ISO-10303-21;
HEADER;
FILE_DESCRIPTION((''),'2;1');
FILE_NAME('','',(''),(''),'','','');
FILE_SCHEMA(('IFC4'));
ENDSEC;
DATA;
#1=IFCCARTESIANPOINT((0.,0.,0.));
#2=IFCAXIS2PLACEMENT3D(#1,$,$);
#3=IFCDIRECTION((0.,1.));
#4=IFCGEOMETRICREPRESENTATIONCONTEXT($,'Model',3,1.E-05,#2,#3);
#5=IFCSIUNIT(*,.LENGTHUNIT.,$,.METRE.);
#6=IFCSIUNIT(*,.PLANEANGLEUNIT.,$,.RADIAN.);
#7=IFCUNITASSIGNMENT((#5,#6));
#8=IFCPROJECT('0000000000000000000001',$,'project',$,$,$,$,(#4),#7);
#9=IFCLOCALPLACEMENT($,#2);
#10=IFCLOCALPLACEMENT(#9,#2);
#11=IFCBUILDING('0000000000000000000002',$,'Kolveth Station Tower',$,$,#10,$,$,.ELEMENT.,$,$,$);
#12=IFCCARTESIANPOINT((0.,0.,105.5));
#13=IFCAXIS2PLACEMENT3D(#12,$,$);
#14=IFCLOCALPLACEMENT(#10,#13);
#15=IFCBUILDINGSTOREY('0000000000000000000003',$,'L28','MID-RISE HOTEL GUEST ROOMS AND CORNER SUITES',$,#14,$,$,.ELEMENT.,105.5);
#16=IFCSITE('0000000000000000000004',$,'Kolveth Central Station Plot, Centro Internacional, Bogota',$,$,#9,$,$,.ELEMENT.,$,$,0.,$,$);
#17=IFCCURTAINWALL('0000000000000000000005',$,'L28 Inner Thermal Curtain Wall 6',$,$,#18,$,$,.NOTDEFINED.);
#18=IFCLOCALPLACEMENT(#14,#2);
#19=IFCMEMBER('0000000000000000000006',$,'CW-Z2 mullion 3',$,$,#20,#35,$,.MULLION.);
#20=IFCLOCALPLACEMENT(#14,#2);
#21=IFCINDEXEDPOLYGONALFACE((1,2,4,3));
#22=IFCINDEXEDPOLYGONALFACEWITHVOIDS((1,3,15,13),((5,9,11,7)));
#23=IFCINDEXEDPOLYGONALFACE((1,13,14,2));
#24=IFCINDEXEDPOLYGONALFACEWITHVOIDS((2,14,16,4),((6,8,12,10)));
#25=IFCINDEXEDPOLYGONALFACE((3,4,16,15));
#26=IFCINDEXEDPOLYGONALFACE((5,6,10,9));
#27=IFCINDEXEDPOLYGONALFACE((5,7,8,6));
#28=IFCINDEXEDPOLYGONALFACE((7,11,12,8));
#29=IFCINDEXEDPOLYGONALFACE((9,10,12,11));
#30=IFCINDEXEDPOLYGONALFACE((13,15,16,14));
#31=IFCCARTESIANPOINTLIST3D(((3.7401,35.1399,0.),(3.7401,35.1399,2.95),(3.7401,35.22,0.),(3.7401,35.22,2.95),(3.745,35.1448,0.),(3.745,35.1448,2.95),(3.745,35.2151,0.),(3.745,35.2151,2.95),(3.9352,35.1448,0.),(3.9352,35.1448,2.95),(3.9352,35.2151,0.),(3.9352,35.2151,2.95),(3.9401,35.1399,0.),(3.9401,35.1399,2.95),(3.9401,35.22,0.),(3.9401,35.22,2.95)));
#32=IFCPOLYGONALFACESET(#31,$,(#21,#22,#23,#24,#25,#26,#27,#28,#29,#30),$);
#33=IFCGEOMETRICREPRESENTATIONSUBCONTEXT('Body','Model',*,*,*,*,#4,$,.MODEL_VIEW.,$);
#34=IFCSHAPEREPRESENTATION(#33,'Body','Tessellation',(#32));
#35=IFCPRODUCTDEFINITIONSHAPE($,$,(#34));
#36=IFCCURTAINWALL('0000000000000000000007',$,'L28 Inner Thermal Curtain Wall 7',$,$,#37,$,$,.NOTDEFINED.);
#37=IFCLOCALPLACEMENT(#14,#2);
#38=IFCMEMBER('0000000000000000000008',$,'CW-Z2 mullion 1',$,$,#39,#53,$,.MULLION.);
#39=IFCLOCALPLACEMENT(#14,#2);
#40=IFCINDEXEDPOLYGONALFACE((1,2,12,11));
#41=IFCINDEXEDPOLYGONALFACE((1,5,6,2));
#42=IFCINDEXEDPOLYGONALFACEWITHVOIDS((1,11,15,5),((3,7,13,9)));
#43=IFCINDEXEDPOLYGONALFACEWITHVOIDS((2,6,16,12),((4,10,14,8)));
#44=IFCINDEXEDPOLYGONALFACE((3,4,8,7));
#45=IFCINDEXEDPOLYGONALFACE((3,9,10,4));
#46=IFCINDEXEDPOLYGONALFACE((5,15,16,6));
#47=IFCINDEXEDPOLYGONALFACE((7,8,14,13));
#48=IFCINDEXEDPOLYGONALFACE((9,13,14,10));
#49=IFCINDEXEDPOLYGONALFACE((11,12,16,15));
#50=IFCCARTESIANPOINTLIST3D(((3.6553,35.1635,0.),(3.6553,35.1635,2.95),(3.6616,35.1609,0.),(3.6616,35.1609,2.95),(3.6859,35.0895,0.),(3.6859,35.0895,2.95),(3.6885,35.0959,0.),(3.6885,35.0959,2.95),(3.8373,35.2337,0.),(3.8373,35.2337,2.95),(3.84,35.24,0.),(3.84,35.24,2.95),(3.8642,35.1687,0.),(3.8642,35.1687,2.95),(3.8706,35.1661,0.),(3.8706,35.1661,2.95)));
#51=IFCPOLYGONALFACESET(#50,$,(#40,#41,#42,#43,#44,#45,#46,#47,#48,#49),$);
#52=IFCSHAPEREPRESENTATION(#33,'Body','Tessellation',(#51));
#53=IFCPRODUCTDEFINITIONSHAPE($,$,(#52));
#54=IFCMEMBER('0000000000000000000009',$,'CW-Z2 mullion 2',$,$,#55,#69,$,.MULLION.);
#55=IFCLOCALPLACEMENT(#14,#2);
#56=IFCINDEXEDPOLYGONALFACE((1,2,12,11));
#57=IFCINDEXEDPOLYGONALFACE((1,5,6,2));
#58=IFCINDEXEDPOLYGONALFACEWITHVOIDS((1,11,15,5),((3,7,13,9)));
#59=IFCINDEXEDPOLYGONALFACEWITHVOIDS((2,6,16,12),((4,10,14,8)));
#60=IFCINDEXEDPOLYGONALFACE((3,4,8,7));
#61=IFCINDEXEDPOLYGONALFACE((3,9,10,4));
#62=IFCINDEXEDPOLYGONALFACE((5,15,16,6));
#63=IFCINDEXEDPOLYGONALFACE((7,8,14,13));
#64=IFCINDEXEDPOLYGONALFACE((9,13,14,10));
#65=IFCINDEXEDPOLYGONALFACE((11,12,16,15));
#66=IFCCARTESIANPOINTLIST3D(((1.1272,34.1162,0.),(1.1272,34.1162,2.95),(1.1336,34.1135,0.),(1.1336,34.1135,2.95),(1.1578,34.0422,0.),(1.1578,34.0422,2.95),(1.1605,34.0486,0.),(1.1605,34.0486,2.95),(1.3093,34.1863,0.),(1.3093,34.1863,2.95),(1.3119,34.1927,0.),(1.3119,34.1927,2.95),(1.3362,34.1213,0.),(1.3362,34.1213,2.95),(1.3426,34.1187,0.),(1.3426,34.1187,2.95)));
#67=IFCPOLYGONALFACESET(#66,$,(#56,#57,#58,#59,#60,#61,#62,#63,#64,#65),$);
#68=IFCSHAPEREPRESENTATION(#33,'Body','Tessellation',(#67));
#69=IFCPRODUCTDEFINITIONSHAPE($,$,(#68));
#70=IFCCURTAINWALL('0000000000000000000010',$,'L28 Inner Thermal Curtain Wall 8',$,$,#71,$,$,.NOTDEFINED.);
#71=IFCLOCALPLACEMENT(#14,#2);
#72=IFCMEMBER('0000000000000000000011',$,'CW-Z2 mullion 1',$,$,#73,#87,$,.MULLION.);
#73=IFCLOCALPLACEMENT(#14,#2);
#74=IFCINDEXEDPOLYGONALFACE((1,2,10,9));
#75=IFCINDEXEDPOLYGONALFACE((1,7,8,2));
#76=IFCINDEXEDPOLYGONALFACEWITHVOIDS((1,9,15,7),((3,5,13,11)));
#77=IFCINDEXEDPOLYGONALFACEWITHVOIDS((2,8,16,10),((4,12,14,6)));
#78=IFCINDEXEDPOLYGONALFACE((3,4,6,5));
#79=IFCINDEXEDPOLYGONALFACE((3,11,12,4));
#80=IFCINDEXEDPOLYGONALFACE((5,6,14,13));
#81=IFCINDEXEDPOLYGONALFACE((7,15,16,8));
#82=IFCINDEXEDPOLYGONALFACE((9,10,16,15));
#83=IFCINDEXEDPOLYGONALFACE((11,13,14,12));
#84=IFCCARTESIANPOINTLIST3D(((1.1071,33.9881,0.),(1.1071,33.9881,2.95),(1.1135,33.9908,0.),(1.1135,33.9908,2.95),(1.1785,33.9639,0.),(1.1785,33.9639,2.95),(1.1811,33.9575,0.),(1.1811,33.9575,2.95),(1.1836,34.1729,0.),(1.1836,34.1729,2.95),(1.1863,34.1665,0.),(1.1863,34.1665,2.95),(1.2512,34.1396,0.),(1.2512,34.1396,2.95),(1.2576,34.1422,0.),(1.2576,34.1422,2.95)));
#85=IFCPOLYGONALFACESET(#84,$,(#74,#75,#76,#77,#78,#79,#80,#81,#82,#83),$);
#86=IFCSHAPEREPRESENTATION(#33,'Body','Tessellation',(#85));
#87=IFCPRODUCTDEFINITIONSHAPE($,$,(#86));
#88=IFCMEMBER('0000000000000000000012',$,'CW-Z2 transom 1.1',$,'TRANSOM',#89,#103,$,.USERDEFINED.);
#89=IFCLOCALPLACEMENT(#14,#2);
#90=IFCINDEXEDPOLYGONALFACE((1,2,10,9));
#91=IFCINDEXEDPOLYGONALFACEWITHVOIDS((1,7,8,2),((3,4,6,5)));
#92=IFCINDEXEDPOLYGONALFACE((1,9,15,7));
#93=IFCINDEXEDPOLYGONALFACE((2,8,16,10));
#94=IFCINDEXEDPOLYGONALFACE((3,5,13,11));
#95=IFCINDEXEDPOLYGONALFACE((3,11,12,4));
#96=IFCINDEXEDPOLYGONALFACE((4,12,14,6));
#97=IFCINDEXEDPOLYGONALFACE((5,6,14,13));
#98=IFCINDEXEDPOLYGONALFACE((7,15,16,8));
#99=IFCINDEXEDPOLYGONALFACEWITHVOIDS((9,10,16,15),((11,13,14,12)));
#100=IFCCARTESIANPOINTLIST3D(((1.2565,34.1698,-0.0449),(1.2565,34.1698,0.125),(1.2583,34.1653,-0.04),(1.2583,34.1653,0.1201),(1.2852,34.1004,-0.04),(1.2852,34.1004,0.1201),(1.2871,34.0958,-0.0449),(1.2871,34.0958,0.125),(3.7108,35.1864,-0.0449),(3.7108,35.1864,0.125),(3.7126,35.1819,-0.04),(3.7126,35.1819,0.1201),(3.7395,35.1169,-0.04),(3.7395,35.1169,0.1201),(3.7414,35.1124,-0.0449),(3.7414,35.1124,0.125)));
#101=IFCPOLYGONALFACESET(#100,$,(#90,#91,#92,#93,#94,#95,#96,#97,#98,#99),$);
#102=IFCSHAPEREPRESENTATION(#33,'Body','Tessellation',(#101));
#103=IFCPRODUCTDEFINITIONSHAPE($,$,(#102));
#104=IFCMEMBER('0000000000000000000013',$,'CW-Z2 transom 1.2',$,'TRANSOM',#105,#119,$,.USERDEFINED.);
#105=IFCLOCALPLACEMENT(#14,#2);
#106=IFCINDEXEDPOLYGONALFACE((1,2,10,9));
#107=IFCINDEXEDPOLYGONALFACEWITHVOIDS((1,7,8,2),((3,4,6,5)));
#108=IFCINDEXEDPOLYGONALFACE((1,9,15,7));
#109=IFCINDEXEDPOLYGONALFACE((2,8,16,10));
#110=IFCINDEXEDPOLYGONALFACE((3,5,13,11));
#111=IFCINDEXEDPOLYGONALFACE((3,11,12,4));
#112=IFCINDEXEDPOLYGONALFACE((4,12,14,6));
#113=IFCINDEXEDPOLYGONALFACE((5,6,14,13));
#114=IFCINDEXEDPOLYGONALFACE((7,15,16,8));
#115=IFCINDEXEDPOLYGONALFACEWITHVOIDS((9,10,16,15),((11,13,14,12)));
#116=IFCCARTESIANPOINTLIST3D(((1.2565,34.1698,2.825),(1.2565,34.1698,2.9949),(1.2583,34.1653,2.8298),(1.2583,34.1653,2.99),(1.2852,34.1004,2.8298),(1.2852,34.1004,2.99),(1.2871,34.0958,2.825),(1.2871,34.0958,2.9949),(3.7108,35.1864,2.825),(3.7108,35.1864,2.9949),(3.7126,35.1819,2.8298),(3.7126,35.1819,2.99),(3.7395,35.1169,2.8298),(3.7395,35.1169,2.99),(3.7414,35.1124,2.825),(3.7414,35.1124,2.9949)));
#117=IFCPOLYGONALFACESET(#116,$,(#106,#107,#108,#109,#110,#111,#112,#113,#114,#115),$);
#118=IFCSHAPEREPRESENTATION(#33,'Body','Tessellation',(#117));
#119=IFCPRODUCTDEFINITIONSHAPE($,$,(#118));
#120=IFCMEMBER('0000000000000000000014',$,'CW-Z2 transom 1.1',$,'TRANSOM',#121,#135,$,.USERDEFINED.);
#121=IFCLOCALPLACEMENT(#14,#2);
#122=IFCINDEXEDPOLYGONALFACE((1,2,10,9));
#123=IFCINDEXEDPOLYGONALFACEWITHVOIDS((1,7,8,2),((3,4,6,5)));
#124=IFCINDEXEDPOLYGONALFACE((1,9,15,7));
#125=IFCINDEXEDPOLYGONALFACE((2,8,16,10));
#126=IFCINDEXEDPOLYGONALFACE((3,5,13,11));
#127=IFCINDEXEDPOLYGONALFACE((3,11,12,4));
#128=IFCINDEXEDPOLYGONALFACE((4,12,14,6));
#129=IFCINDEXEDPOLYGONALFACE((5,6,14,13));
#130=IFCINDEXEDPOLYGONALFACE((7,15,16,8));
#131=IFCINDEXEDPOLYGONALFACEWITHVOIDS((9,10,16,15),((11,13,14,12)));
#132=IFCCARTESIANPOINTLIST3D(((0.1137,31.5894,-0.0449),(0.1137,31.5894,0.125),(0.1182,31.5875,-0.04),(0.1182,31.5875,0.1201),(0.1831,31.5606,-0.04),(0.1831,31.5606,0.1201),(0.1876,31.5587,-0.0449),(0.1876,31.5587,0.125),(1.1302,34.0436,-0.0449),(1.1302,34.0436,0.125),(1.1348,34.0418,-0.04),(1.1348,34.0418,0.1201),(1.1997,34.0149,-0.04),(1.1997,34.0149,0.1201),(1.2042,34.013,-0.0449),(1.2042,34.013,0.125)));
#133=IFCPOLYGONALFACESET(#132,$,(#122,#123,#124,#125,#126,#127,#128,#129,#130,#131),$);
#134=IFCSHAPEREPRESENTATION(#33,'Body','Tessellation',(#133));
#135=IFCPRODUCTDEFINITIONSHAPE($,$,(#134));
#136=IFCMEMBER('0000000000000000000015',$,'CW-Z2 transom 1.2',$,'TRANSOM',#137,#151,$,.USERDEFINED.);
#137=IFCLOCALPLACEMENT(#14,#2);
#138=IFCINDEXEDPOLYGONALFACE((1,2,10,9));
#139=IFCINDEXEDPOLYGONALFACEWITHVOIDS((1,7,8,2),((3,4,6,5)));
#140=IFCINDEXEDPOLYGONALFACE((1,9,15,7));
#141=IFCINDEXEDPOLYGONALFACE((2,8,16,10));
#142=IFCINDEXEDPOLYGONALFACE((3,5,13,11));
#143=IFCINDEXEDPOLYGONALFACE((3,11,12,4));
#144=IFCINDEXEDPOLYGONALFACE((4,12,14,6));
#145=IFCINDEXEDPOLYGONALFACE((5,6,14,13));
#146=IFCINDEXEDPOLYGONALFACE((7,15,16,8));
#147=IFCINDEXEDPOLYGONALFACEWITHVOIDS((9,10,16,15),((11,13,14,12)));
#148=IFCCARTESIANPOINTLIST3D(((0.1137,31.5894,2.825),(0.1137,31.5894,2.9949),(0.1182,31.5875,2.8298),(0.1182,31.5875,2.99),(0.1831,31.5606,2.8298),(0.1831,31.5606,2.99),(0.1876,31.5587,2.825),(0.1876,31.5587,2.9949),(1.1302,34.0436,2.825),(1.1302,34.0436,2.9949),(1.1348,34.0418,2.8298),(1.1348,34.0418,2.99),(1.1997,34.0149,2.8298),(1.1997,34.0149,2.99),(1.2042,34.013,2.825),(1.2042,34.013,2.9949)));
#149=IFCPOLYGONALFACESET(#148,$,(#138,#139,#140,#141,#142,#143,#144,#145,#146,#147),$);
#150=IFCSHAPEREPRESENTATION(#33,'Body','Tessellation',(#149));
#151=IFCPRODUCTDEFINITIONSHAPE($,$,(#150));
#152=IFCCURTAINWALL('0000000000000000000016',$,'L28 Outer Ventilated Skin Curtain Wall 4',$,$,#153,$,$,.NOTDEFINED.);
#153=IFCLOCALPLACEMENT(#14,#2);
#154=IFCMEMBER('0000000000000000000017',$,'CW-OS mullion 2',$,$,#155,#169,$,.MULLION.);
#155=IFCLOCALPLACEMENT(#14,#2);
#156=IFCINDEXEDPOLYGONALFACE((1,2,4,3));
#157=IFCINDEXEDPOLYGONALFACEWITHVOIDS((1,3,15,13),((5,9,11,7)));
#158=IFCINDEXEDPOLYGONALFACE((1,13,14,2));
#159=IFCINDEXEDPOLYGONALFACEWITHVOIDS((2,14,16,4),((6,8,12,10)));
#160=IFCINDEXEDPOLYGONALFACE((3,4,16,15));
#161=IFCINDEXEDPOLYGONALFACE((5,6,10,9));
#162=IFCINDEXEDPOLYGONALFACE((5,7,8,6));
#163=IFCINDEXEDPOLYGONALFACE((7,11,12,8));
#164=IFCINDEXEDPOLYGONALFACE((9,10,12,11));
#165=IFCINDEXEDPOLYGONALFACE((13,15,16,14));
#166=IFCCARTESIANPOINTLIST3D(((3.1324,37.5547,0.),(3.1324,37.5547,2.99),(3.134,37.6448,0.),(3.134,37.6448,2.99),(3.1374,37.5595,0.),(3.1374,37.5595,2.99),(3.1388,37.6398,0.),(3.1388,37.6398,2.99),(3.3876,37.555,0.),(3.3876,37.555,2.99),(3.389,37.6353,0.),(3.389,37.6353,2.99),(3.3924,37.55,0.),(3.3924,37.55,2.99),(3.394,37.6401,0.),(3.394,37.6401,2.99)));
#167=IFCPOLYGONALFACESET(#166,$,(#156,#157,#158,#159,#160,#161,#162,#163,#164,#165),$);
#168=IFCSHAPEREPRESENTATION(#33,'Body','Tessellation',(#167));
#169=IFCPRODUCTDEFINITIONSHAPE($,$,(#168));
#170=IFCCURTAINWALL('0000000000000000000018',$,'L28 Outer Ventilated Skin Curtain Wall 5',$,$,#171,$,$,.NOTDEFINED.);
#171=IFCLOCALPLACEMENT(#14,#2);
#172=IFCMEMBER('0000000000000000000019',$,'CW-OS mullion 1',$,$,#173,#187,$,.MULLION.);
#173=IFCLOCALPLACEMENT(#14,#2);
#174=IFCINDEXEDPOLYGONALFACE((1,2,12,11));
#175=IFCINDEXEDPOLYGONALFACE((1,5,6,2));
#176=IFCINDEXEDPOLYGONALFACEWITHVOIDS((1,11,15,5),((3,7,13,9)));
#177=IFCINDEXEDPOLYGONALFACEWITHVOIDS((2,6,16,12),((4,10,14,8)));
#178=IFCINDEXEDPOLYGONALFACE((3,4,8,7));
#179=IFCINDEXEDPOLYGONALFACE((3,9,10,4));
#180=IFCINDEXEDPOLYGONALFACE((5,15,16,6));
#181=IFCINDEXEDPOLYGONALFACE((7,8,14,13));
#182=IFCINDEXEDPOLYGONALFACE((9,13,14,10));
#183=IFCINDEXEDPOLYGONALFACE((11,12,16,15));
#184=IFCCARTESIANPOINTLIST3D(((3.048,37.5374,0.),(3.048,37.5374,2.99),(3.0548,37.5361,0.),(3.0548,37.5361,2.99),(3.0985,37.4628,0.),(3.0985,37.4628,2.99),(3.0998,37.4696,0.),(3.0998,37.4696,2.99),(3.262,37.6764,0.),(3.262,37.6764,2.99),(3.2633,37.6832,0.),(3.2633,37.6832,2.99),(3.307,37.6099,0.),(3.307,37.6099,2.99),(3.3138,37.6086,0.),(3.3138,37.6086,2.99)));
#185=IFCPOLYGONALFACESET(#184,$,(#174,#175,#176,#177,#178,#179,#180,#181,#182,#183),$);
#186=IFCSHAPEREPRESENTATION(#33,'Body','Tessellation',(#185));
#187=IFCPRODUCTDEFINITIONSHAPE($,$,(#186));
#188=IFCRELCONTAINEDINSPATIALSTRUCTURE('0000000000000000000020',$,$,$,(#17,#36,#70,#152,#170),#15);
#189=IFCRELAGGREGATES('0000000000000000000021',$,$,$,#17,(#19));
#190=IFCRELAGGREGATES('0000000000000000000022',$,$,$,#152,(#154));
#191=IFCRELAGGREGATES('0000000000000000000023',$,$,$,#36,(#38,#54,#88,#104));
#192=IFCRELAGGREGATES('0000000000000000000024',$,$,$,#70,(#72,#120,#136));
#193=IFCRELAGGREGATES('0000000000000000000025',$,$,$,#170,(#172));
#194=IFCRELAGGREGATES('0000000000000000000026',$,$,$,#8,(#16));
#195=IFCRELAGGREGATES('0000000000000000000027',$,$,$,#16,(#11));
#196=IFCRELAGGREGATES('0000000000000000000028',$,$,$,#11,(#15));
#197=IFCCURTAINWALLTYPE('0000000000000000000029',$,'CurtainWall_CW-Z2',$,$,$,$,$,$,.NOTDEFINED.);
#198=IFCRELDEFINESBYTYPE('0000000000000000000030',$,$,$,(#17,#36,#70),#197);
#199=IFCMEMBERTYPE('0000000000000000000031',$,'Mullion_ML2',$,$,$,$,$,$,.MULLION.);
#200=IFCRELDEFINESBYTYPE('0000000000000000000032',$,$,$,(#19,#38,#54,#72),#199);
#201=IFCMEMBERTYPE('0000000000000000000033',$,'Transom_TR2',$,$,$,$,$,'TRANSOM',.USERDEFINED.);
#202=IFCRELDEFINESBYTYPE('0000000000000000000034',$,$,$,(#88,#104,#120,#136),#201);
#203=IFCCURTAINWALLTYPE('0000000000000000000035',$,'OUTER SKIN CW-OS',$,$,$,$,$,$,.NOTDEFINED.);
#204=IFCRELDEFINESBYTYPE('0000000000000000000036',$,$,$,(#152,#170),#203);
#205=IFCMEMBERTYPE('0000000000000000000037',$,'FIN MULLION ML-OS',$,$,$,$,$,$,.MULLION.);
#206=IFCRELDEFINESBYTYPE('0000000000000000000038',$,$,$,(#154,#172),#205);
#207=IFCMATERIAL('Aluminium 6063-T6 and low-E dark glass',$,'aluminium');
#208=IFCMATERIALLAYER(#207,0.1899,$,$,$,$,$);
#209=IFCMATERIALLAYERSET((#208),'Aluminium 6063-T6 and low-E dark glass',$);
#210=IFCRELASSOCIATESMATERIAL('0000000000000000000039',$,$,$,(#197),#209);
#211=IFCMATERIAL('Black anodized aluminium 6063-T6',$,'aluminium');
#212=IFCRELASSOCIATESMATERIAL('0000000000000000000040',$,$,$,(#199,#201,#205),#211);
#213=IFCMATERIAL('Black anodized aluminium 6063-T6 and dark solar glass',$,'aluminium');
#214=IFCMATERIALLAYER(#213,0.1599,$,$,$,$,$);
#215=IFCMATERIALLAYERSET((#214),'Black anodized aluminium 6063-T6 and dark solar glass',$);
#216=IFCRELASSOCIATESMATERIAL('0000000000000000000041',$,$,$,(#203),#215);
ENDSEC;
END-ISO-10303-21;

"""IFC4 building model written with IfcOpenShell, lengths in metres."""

from ifc_helpers import new_model, si_unit, direction, frame, origin, origin_2d, place, context, subcontext, project, spatial, hollow_rectangle, extrude, source, transform, mapped, material, layer, layer_set, material_profile, profile_set, type_object, element, aggregate, save


model = new_model("IFC4")

# Units and contexts
model_context = context("Model", 3, precision=1e-05, world=origin(), true_north=direction((0.0, 1.0)))
body_context = subcontext(model_context, "Body", "Model", "MODEL_VIEW")
ifc_project = project(units=[si_unit("LENGTHUNIT", "METRE"), si_unit("PLANEANGLEUNIT", "RADIAN")], contexts=[model_context])

# Site, building, storey
site_placement = place(None, origin())
site = spatial("IfcSite", under=ifc_project, at=site_placement, Name="Kolveth Central Station Plot, Centro Internacional, Bogota", CompositionType="ELEMENT", RefElevation=0.0)
building_placement = place(site_placement, origin())
building = spatial("IfcBuilding", under=site, at=building_placement, Name="Kolveth Station Tower", CompositionType="ELEMENT")
storey_placement = place(building_placement, frame((0.0, 0.0, 105.5)))
storey = spatial("IfcBuildingStorey", under=building, at=storey_placement, Name="L28", Description="MID-RISE HOTEL GUEST ROOMS AND CORNER SUITES", CompositionType="ELEMENT", Elevation=105.5)

# Curtain wall, member
ifc_material_1 = material(Name="Aluminium 6063-T6 and low-E dark glass", Category="aluminium")
ifc_layer_1 = layer(ifc_material_1, 0.1899)
ifc_layer_set_1 = layer_set([ifc_layer_1], Name="Aluminium 6063-T6 and low-E dark glass")
curtain_wall_type_1 = type_object("IfcCurtainWallType", Name="CurtainWall_CW-Z2", PredefinedType="NOTDEFINED", material=ifc_layer_set_1)
curtain_wall_1_placement = place(storey_placement, origin())
curtain_wall_1 = element("IfcCurtainWall", 1, at=curtain_wall_1_placement, inside=storey, type_object=curtain_wall_type_1, Name="L28 Inner Thermal Curtain Wall 6", PredefinedType="NOTDEFINED")
ifc_material_2 = material(Name="Black anodized aluminium 6063-T6", Category="aluminium")
ifc_material_profile_1 = material_profile(ifc_material_2, hollow_rectangle(XDim=0.0801, YDim=0.2, WallThickness=0.0049, at=origin_2d()), Name="ALU-80x200x5")
ifc_profile_set_1 = profile_set([ifc_material_profile_1], Name="Black anodized aluminium 6063-T6")
member_type_1 = type_object("IfcMemberType", Name="Mullion_ML2", PredefinedType="MULLION", material=ifc_profile_set_1)
shared_shape_1 = source(origin(), body_context, "Body", "SweptSolid", [
    extrude(hollow_rectangle(XDim=0.0801, YDim=0.2, WallThickness=0.0049, at=origin_2d()), origin(), (0.0, 0.0, 1.0), 2.95),
])
member_1_placement = place(storey_placement, frame((3.8401, 35.1799, 0.0), z_axis=(0.0, 0.0, 1.0), x_axis=(0.0, -1.0, 0.0)))
member_1 = element("IfcMember", 2, at=member_1_placement, type_object=member_type_1, Name="CW-Z2 mullion 3", PredefinedType="MULLION", context=body_context, shape_type="MappedRepresentation", body=[
    mapped(shared_shape_1, transform((0.0, 0.0, 0.0), x_axis=(1.0, 0.0, 0.0), y_axis=(0.0, 1.0, 0.0), z_axis=(0.0, 0.0, 1.0), scale=1.0)),
])
aggregate(curtain_wall_1, [member_1])

# Curtain wall, members
curtain_wall_2_placement = place(storey_placement, origin())
curtain_wall_2 = element("IfcCurtainWall", 3, at=curtain_wall_2_placement, inside=storey, type_object=curtain_wall_type_1, Name="L28 Inner Thermal Curtain Wall 7", PredefinedType="NOTDEFINED")
member_2_placement = place(storey_placement, frame((3.7629, 35.1648, 0.0), z_axis=(0.0, 0.0, 1.0), x_axis=(0.382663, -0.923888, 0.0)))
member_2 = element("IfcMember", 4, at=member_2_placement, type_object=member_type_1, Name="CW-Z2 mullion 1", PredefinedType="MULLION", context=body_context, shape_type="MappedRepresentation", body=[
    mapped(shared_shape_1, transform((0.0, 0.0, 0.0), x_axis=(1.0, 0.0, 0.0), y_axis=(0.0, 1.0, 0.0), z_axis=(0.0, 0.0, 1.0), scale=1.0)),
])
member_3_placement = place(storey_placement, frame((1.2349, 34.1174, 0.0), z_axis=(0.0, 0.0, 1.0), x_axis=(0.382663, -0.923888, 0.0)))
member_3 = element("IfcMember", 5, at=member_3_placement, type_object=member_type_1, Name="CW-Z2 mullion 2", PredefinedType="MULLION", context=body_context, shape_type="MappedRepresentation", body=[
    mapped(shared_shape_1, transform((0.0, 0.0, 0.0), x_axis=(1.0, 0.0, 0.0), y_axis=(0.0, 1.0, 0.0), z_axis=(0.0, 0.0, 1.0), scale=1.0)),
])

# Curtain wall, member
curtain_wall_3_placement = place(storey_placement, origin())
curtain_wall_3 = element("IfcCurtainWall", 6, at=curtain_wall_3_placement, inside=storey, type_object=curtain_wall_type_1, Name="L28 Inner Thermal Curtain Wall 8", PredefinedType="NOTDEFINED")
member_4_placement = place(storey_placement, frame((1.1824, 34.0652, 0.0), z_axis=(0.0, 0.0, 1.0), x_axis=(0.923888, -0.382663, 0.0)))
member_4 = element("IfcMember", 7, at=member_4_placement, type_object=member_type_1, Name="CW-Z2 mullion 1", PredefinedType="MULLION", context=body_context, shape_type="MappedRepresentation", body=[
    mapped(shared_shape_1, transform((0.0, 0.0, 0.0), x_axis=(1.0, 0.0, 0.0), y_axis=(0.0, 1.0, 0.0), z_axis=(0.0, 0.0, 1.0), scale=1.0)),
])

# Members
ifc_material_profile_2 = material_profile(ifc_material_2, hollow_rectangle(XDim=0.0801, YDim=0.1699, WallThickness=0.0049, at=origin_2d()), Name="ALU-80x170x5")
ifc_profile_set_2 = profile_set([ifc_material_profile_2], Name="Black anodized aluminium 6063-T6")
member_type_2 = type_object("IfcMemberType", Name="Transom_TR2", ElementType="TRANSOM", PredefinedType="USERDEFINED", material=ifc_profile_set_2)
shared_shape_2 = source(origin(), body_context, "Body", "SweptSolid", [
    extrude(hollow_rectangle(XDim=0.0801, YDim=0.1699, WallThickness=0.0049, at=origin_2d()), origin(), (0.0, 0.0, 1.0), 2.6565),
])
member_5_placement = place(storey_placement, frame((3.7261, 35.1494, 0.04), z_axis=(-0.923882, -0.382676, 0.0), x_axis=(0.382676, -0.923882, 0.0)))
member_5 = element("IfcMember", 8, at=member_5_placement, type_object=member_type_2, Name="CW-Z2 transom 1.1", ObjectType="TRANSOM", PredefinedType="USERDEFINED", context=body_context, shape_type="MappedRepresentation", body=[
    mapped(shared_shape_2, transform((0.0, 0.0, 0.0), x_axis=(1.0, 0.0, 0.0), y_axis=(0.0, 1.0, 0.0), z_axis=(0.0, 0.0, 1.0), scale=1.0)),
])
member_6_placement = place(storey_placement, frame((3.7261, 35.1494, 2.9099), z_axis=(-0.923882, -0.382676, 0.0), x_axis=(0.382676, -0.923882, 0.0)))
member_6 = element("IfcMember", 9, at=member_6_placement, type_object=member_type_2, Name="CW-Z2 transom 1.2", ObjectType="TRANSOM", PredefinedType="USERDEFINED", context=body_context, shape_type="MappedRepresentation", body=[
    mapped(shared_shape_2, transform((0.0, 0.0, 0.0), x_axis=(1.0, 0.0, 0.0), y_axis=(0.0, 1.0, 0.0), z_axis=(0.0, 0.0, 1.0), scale=1.0)),
])
member_7_placement = place(storey_placement, frame((1.1672, 34.0283, 0.04), z_axis=(-0.382676, -0.923882, 0.0), x_axis=(0.923882, -0.382676, 0.0)))
member_7 = element("IfcMember", 10, at=member_7_placement, type_object=member_type_2, Name="CW-Z2 transom 1.1", ObjectType="TRANSOM", PredefinedType="USERDEFINED", context=body_context, shape_type="MappedRepresentation", body=[
    mapped(shared_shape_2, transform((0.0, 0.0, 0.0), x_axis=(1.0, 0.0, 0.0), y_axis=(0.0, 1.0, 0.0), z_axis=(0.0, 0.0, 1.0), scale=1.0)),
])
member_8_placement = place(storey_placement, frame((1.1672, 34.0283, 2.9099), z_axis=(-0.382676, -0.923882, 0.0), x_axis=(0.923882, -0.382676, 0.0)))
member_8 = element("IfcMember", 11, at=member_8_placement, type_object=member_type_2, Name="CW-Z2 transom 1.2", ObjectType="TRANSOM", PredefinedType="USERDEFINED", context=body_context, shape_type="MappedRepresentation", body=[
    mapped(shared_shape_2, transform((0.0, 0.0, 0.0), x_axis=(1.0, 0.0, 0.0), y_axis=(0.0, 1.0, 0.0), z_axis=(0.0, 0.0, 1.0), scale=1.0)),
])

# Curtain wall, member
ifc_material_3 = material(Name="Black anodized aluminium 6063-T6 and dark solar glass", Category="aluminium")
ifc_layer_2 = layer(ifc_material_3, 0.1599)
ifc_layer_set_2 = layer_set([ifc_layer_2], Name="Black anodized aluminium 6063-T6 and dark solar glass")
curtain_wall_type_2 = type_object("IfcCurtainWallType", Name="OUTER SKIN CW-OS", PredefinedType="NOTDEFINED", material=ifc_layer_set_2)
curtain_wall_4_placement = place(storey_placement, origin())
curtain_wall_4 = element("IfcCurtainWall", 12, at=curtain_wall_4_placement, inside=storey, type_object=curtain_wall_type_2, Name="L28 Outer Ventilated Skin Curtain Wall 4", PredefinedType="NOTDEFINED")
ifc_material_profile_3 = material_profile(ifc_material_2, hollow_rectangle(XDim=0.0901, YDim=0.26, WallThickness=0.0049, at=origin_2d()), Name="ALU-90x260x5")
ifc_profile_set_3 = profile_set([ifc_material_profile_3], Name="Black anodized aluminium 6063-T6")
member_type_3 = type_object("IfcMemberType", Name="FIN MULLION ML-OS", PredefinedType="MULLION", material=ifc_profile_set_3)
shared_shape_3 = source(origin(), body_context, "Body", "SweptSolid", [
    extrude(hollow_rectangle(XDim=0.0901, YDim=0.26, WallThickness=0.0049, at=origin_2d()), origin(), (0.0, 0.0, 1.0), 2.99),
])
member_9_placement = place(storey_placement, frame((3.2632, 37.5974, 0.0), z_axis=(0.0, 0.0, 1.0), x_axis=(-0.017991, -0.999838, 0.0)))
member_9 = element("IfcMember", 13, at=member_9_placement, type_object=member_type_3, Name="CW-OS mullion 2", PredefinedType="MULLION", context=body_context, shape_type="MappedRepresentation", body=[
    mapped(shared_shape_3, transform((0.0, 0.0, 0.0), x_axis=(1.0, 0.0, 0.0), y_axis=(0.0, 1.0, 0.0), z_axis=(0.0, 0.0, 1.0), scale=1.0)),
])
aggregate(curtain_wall_4, [member_9])

# Curtain wall, member
curtain_wall_5_placement = place(storey_placement, origin())
curtain_wall_5 = element("IfcCurtainWall", 14, at=curtain_wall_5_placement, inside=storey, type_object=curtain_wall_type_2, Name="L28 Outer Ventilated Skin Curtain Wall 5", PredefinedType="NOTDEFINED")
member_10_placement = place(storey_placement, frame((3.1809, 37.573, 0.0), z_axis=(0.0, 0.0, 1.0), x_axis=(0.56069, -0.828025, 0.0)))
member_10 = element("IfcMember", 15, at=member_10_placement, type_object=member_type_3, Name="CW-OS mullion 1", PredefinedType="MULLION", context=body_context, shape_type="MappedRepresentation", body=[
    mapped(shared_shape_3, transform((0.0, 0.0, 0.0), x_axis=(1.0, 0.0, 0.0), y_axis=(0.0, 1.0, 0.0), z_axis=(0.0, 0.0, 1.0), scale=1.0)),
])

aggregate(curtain_wall_2, [member_2, member_3, member_5, member_6])
aggregate(curtain_wall_3, [member_4, member_7, member_8])
aggregate(curtain_wall_5, [member_10])

save(model, "model.ifc")
